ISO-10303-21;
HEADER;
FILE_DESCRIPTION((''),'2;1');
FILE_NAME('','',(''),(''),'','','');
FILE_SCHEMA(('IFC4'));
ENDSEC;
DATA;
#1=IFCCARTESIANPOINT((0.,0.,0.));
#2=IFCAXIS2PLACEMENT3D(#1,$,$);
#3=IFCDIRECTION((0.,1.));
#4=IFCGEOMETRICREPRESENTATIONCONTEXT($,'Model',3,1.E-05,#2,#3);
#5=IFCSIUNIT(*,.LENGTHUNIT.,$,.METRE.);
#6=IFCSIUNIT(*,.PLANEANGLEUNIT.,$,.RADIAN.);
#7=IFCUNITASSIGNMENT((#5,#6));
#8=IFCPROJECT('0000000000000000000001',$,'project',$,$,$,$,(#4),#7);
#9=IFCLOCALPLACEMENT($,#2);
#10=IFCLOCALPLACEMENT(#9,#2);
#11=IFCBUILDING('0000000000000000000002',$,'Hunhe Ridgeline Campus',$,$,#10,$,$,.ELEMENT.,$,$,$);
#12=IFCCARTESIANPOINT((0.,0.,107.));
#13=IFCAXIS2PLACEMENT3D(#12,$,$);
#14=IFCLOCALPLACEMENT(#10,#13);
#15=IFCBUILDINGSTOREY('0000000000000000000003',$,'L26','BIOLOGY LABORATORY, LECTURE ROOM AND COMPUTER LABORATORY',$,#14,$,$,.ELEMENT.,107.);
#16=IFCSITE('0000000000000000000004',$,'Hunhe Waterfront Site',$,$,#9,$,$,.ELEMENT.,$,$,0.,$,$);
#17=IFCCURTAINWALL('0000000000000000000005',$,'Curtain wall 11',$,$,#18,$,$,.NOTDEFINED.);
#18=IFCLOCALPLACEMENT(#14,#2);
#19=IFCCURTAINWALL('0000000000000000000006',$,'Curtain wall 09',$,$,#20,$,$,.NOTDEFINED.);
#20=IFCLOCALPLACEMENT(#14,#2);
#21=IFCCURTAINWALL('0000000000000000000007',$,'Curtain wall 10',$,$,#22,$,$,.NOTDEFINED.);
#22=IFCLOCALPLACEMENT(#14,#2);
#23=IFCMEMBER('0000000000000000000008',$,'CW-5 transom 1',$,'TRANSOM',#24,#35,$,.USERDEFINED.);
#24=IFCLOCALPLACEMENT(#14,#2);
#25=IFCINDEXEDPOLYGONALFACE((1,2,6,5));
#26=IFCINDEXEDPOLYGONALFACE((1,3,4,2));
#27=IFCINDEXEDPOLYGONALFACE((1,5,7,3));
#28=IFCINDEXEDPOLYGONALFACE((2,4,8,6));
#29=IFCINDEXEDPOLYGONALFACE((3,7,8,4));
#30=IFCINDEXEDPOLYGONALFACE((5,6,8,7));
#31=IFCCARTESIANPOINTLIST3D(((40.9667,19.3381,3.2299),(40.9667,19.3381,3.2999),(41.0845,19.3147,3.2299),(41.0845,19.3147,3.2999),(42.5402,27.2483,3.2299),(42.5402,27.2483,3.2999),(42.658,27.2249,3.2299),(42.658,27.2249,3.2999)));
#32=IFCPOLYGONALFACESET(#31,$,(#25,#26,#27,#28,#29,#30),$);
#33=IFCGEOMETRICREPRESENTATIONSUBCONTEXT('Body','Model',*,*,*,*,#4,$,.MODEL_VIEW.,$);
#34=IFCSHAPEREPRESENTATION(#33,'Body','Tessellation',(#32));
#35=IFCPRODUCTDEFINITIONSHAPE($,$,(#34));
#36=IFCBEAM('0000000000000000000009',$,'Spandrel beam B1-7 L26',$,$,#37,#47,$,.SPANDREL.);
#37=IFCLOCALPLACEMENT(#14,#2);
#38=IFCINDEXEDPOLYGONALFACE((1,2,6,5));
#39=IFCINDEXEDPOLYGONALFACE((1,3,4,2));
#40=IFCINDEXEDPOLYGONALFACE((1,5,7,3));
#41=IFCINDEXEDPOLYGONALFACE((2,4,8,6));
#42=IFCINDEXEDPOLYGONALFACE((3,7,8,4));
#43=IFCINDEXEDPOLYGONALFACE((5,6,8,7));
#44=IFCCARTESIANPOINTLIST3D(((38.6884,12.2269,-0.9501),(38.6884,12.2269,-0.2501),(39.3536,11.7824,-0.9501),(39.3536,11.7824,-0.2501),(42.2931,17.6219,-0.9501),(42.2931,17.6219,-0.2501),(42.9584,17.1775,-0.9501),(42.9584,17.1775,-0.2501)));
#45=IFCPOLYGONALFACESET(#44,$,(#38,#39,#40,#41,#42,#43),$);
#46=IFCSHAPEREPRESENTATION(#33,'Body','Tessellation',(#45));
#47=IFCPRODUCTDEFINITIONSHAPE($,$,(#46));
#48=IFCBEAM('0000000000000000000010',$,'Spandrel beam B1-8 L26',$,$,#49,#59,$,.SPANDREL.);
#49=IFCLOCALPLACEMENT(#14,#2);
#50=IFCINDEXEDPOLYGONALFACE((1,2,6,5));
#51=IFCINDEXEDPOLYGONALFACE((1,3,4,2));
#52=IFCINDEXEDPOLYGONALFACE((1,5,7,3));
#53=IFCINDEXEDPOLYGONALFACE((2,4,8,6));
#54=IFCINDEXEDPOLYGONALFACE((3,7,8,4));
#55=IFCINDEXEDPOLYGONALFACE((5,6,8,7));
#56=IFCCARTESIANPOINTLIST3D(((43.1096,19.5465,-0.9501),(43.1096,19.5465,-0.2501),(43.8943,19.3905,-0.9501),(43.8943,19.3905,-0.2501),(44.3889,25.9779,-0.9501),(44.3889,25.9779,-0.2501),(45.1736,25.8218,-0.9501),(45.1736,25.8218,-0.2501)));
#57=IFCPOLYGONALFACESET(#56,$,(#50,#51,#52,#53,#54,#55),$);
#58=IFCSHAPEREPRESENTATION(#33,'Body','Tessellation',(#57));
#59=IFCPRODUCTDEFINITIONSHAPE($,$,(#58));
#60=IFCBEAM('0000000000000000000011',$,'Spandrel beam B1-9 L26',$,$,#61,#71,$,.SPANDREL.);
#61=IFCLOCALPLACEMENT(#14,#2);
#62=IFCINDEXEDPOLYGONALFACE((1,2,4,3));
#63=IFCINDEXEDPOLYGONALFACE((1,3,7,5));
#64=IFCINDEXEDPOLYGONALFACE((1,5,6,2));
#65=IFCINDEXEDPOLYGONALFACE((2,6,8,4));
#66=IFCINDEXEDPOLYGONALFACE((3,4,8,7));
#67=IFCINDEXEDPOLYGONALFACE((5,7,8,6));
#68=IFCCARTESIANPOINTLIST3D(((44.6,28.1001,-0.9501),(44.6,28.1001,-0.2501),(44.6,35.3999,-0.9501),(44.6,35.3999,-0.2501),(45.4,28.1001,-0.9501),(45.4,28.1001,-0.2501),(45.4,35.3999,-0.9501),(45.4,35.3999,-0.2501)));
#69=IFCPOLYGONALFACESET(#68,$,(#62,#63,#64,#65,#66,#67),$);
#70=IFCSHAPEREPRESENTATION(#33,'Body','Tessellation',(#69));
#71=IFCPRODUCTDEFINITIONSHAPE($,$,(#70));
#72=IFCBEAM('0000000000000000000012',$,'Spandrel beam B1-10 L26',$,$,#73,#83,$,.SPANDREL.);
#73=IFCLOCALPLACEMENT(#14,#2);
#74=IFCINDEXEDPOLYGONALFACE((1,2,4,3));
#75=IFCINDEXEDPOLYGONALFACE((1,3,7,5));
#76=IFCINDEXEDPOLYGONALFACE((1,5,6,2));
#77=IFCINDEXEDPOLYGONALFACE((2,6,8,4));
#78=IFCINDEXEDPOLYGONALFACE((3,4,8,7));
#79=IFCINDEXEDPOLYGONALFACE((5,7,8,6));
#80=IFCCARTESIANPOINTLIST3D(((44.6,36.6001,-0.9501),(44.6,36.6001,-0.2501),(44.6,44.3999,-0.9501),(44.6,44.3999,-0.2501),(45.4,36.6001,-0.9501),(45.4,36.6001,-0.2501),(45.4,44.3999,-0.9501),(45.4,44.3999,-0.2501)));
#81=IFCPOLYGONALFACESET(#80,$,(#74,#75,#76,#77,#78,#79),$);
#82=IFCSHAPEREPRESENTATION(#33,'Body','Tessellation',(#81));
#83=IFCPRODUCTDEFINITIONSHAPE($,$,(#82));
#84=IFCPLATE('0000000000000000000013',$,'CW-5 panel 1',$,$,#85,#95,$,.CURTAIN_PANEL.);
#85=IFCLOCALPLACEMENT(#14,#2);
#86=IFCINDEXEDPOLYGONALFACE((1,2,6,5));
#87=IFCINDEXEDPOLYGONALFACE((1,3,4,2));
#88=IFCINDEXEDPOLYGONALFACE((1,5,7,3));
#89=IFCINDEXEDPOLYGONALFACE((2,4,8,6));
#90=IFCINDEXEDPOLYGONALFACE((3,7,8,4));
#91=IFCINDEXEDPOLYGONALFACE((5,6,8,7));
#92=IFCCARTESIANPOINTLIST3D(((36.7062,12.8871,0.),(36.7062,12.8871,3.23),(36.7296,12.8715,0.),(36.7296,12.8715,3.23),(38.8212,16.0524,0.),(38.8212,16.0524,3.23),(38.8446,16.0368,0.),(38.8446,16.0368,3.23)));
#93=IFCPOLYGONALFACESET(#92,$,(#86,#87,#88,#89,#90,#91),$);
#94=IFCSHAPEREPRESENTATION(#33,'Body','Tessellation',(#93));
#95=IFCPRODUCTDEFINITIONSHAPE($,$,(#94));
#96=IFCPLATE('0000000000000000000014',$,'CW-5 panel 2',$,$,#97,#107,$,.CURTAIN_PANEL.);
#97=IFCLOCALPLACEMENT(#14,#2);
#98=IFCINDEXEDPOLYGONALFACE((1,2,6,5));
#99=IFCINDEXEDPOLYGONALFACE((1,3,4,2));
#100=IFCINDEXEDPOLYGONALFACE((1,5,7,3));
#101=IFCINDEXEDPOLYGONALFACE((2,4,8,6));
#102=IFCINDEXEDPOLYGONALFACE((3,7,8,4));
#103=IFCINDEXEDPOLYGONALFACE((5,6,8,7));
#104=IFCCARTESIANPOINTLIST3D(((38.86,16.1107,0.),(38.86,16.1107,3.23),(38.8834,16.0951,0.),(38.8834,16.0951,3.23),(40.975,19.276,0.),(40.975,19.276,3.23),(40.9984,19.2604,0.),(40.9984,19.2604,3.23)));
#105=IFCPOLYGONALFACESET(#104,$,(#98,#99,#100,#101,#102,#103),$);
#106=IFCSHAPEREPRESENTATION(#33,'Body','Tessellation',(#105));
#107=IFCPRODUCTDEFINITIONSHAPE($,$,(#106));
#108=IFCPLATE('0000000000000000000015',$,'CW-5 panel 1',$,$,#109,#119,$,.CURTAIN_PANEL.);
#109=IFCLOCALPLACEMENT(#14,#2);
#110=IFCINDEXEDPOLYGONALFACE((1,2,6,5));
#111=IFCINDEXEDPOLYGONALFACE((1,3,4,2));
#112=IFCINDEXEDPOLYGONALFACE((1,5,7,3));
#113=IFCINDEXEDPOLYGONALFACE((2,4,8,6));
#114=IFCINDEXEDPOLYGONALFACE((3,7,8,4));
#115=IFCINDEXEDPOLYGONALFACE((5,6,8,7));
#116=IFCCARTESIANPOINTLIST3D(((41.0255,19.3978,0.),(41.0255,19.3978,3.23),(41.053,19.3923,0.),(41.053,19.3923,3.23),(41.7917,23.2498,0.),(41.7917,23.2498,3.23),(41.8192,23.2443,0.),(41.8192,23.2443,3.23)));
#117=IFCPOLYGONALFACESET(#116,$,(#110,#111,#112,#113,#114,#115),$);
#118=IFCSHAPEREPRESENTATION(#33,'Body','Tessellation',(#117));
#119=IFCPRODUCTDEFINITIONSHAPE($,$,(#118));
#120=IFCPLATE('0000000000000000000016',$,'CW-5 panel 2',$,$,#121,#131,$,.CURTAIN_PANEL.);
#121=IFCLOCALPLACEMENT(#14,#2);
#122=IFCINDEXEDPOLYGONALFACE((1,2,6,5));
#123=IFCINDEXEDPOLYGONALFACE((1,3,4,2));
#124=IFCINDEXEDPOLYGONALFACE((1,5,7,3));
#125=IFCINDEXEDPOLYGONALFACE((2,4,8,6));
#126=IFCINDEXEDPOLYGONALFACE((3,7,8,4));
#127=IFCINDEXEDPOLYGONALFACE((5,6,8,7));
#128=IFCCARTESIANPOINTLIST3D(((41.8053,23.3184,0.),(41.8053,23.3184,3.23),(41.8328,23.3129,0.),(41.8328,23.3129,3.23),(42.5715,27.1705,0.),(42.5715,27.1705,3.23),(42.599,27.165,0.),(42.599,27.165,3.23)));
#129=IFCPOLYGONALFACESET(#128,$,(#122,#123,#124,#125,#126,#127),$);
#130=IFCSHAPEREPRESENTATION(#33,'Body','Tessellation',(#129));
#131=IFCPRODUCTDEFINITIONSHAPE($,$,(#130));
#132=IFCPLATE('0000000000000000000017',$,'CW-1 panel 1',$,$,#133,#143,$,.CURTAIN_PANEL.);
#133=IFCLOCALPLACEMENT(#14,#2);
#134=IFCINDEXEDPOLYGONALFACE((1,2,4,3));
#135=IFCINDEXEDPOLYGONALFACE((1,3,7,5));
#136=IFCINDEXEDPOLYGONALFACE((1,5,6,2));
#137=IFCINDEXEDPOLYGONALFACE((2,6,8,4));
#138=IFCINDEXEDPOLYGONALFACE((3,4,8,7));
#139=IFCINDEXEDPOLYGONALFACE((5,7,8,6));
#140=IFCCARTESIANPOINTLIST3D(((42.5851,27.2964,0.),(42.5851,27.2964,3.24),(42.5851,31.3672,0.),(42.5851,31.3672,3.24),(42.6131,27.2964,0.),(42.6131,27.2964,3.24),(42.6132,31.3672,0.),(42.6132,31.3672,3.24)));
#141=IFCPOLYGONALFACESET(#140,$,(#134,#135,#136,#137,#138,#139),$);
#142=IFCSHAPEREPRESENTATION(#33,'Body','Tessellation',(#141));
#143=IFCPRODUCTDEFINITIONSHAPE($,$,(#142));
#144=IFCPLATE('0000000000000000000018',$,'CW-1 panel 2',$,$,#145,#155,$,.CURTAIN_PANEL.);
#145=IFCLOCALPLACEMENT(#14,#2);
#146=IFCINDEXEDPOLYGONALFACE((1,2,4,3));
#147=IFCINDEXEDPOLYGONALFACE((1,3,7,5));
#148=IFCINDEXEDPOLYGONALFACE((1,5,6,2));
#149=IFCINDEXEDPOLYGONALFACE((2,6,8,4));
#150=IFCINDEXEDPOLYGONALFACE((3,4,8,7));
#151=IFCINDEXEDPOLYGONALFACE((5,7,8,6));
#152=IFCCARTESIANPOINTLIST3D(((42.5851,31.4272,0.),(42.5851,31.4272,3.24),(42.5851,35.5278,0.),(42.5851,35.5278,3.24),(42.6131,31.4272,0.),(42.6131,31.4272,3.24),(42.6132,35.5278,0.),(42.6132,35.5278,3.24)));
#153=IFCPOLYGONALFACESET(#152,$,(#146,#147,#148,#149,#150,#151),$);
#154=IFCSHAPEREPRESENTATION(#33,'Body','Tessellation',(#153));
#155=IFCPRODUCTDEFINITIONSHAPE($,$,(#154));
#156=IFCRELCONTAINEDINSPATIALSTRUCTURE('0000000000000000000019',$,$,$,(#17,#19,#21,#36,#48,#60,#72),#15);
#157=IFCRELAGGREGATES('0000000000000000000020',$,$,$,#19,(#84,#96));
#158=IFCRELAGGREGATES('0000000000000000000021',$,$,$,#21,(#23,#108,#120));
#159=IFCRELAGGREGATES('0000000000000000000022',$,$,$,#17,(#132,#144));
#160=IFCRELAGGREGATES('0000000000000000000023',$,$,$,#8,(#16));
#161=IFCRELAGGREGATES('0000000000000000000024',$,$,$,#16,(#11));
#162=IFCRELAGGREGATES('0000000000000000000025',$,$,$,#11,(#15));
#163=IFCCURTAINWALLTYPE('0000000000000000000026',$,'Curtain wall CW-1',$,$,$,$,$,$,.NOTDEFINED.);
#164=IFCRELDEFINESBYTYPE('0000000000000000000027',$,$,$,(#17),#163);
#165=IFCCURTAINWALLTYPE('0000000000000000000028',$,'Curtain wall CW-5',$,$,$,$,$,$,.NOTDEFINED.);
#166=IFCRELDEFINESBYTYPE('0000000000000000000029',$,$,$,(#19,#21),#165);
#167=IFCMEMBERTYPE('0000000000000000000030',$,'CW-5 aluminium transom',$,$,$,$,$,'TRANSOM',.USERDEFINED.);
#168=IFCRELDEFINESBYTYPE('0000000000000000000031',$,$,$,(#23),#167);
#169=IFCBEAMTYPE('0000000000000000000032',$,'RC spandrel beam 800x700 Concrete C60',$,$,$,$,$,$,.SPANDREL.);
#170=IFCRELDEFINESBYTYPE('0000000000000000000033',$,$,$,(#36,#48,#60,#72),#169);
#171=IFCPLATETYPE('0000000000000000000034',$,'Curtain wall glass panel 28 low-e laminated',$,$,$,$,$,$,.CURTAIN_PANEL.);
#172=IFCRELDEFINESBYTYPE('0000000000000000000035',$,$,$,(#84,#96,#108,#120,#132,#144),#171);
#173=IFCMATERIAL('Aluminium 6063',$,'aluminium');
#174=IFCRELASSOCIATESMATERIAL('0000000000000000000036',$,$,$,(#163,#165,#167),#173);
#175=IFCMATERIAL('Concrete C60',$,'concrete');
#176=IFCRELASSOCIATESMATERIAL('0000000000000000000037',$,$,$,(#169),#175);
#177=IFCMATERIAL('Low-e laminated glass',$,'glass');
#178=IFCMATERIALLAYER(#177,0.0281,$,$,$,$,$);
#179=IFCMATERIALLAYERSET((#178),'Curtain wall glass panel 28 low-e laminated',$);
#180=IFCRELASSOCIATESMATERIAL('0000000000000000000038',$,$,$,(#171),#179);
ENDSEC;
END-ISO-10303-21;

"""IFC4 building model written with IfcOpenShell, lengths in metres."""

from ifc_helpers import new_model, si_unit, direction, frame, origin, origin_2d, place, context, subcontext, project, spatial, rectangle, extrude, material, layer, layer_set, material_profile, profile_set, type_object, element, aggregate, save


model = new_model("IFC4")

# Units and contexts
model_context = context("Model", 3, precision=1e-05, world=origin(), true_north=direction((0.0, 1.0)))
body_context = subcontext(model_context, "Body", "Model", "MODEL_VIEW")
ifc_project = project(units=[si_unit("LENGTHUNIT", "METRE"), si_unit("PLANEANGLEUNIT", "RADIAN")], contexts=[model_context])

# Site, building, storey
site_placement = place(None, origin())
site = spatial("IfcSite", under=ifc_project, at=site_placement, Name="Hunhe Waterfront Site", CompositionType="ELEMENT", RefElevation=0.0)
building_placement = place(site_placement, origin())
building = spatial("IfcBuilding", under=site, at=building_placement, Name="Hunhe Ridgeline Campus", CompositionType="ELEMENT")
storey_placement = place(building_placement, frame((0.0, 0.0, 107.0)))
storey = spatial("IfcBuildingStorey", under=building, at=storey_placement, Name="L26", Description="BIOLOGY LABORATORY, LECTURE ROOM AND COMPUTER LABORATORY", CompositionType="ELEMENT", Elevation=107.0)

# Curtain walls, member
ifc_material_1 = material(Name="Aluminium 6063", Category="aluminium")
curtain_wall_type_1 = type_object("IfcCurtainWallType", Name="Curtain wall CW-1", PredefinedType="NOTDEFINED", material=ifc_material_1)
curtain_wall_1_placement = place(storey_placement, origin())
curtain_wall_1 = element("IfcCurtainWall", 1, at=curtain_wall_1_placement, inside=storey, type_object=curtain_wall_type_1, Name="Curtain wall 11", PredefinedType="NOTDEFINED")
curtain_wall_type_2 = type_object("IfcCurtainWallType", Name="Curtain wall CW-5", PredefinedType="NOTDEFINED", material=ifc_material_1)
curtain_wall_2_placement = place(storey_placement, origin())
curtain_wall_2 = element("IfcCurtainWall", 2, at=curtain_wall_2_placement, inside=storey, type_object=curtain_wall_type_2, Name="Curtain wall 09", PredefinedType="NOTDEFINED")
curtain_wall_3_placement = place(storey_placement, origin())
curtain_wall_3 = element("IfcCurtainWall", 3, at=curtain_wall_3_placement, inside=storey, type_object=curtain_wall_type_2, Name="Curtain wall 10", PredefinedType="NOTDEFINED")
ifc_material_profile_1 = material_profile(ifc_material_1, rectangle(XDim=0.1201, YDim=0.0701, at=origin_2d()))
ifc_profile_set_1 = profile_set([ifc_material_profile_1], Name="Aluminium 6063")
member_type_1 = type_object("IfcMemberType", Name="CW-5 aluminium transom", ElementType="TRANSOM", PredefinedType="USERDEFINED", material=ifc_profile_set_1)
member_1_placement = place(storey_placement, frame((41.0256, 19.3264, 3.2649), z_axis=(0.195097, 0.980784, 0.0), x_axis=(-0.980784, 0.195097, 0.0)))
member_1 = element("IfcMember", 4, at=member_1_placement, type_object=member_type_1, Name="CW-5 transom 1", ObjectType="TRANSOM", PredefinedType="USERDEFINED", context=body_context, shape_type="SweptSolid", body=[
    extrude(rectangle(XDim=0.1201, YDim=0.0701, at=origin_2d()), origin(), (0.0, 0.0, 1.0), 8.0652),
])

# Beams
ifc_material_2 = material(Name="Concrete C60", Category="concrete")
ifc_material_profile_2 = material_profile(ifc_material_2, rectangle(XDim=0.8, YDim=0.7, at=origin_2d()))
ifc_profile_set_2 = profile_set([ifc_material_profile_2], Name="Concrete C60")
beam_type = type_object("IfcBeamType", Name="RC spandrel beam 800x700 Concrete C60", PredefinedType="SPANDREL", material=ifc_profile_set_2)
beam_1_placement = place(storey_placement, frame((39.021, 12.0046, -0.6001), z_axis=(0.55556, 0.831477, 0.0), x_axis=(-0.831477, 0.55556, 0.0)))
element("IfcBeam", 5, at=beam_1_placement, inside=storey, type_object=beam_type, Name="Spandrel beam B1-7 L26", PredefinedType="SPANDREL", context=body_context, shape_type="SweptSolid", body=[
    extrude(rectangle(XDim=0.8, YDim=0.7, at=origin_2d()), origin(), (0.0, 0.0, 1.0), 6.4885),
])
beam_2_placement = place(storey_placement, frame((43.502, 19.4685, -0.6001), z_axis=(0.195092, 0.980785, 0.0), x_axis=(-0.980785, 0.195092, 0.0)))
element("IfcBeam", 6, at=beam_2_placement, inside=storey, type_object=beam_type, Name="Spandrel beam B1-8 L26", PredefinedType="SPANDREL", context=body_context, shape_type="SweptSolid", body=[
    extrude(rectangle(XDim=0.8, YDim=0.7, at=origin_2d()), origin(), (0.0, 0.0, 1.0), 6.5574),
])
beam_3_placement = place(storey_placement, frame((45.0, 28.1001, -0.6001), z_axis=(0.0, 1.0, 0.0), x_axis=(-1.0, 0.0, 0.0)))
element("IfcBeam", 7, at=beam_3_placement, inside=storey, type_object=beam_type, Name="Spandrel beam B1-9 L26", PredefinedType="SPANDREL", context=body_context, shape_type="SweptSolid", body=[
    extrude(rectangle(XDim=0.8, YDim=0.7, at=origin_2d()), origin(), (0.0, 0.0, 1.0), 7.2998),
])
beam_4_placement = place(storey_placement, frame((45.0, 36.6001, -0.6001), z_axis=(0.0, 1.0, 0.0), x_axis=(-1.0, 0.0, 0.0)))
element("IfcBeam", 8, at=beam_4_placement, inside=storey, type_object=beam_type, Name="Spandrel beam B1-10 L26", PredefinedType="SPANDREL", context=body_context, shape_type="SweptSolid", body=[
    extrude(rectangle(XDim=0.8, YDim=0.7, at=origin_2d()), origin(), (0.0, 0.0, 1.0), 7.7998),
])

# Plates
ifc_material_3 = material(Name="Low-e laminated glass", Category="glass")
ifc_layer = layer(ifc_material_3, 0.0281)
ifc_layer_set = layer_set([ifc_layer], Name="Curtain wall glass panel 28 low-e laminated")
plate_type = type_object("IfcPlateType", Name="Curtain wall glass panel 28 low-e laminated", PredefinedType="CURTAIN_PANEL", material=ifc_layer_set)
plate_1_placement = place(storey_placement, frame((37.7754, 14.4619, 0.0), z_axis=(0.0, 0.0, 1.0), x_axis=(0.55557, 0.83147, 0.0)))
plate_1 = element("IfcPlate", 9, at=plate_1_placement, type_object=plate_type, Name="CW-5 panel 1", PredefinedType="CURTAIN_PANEL", context=body_context, shape_type="SweptSolid", body=[
    extrude(rectangle(XDim=3.8069, YDim=0.0281, at=origin_2d()), origin(), (0.0, 0.0, 1.0), 3.23),
])
plate_2_placement = place(storey_placement, frame((39.9292, 17.6855, 0.0), z_axis=(0.0, 0.0, 1.0), x_axis=(0.55557, 0.83147, 0.0)))
plate_2 = element("IfcPlate", 10, at=plate_2_placement, type_object=plate_type, Name="CW-5 panel 2", PredefinedType="CURTAIN_PANEL", context=body_context, shape_type="SweptSolid", body=[
    extrude(rectangle(XDim=3.8069, YDim=0.0281, at=origin_2d()), origin(), (0.0, 0.0, 1.0), 3.23),
])
aggregate(curtain_wall_2, [plate_1, plate_2])
plate_3_placement = place(storey_placement, frame((41.4224, 21.321, 0.0), z_axis=(0.0, 0.0, 1.0), x_axis=(0.19509, 0.980785, 0.0)))
plate_3 = element("IfcPlate", 11, at=plate_3_placement, type_object=plate_type, Name="CW-5 panel 1", PredefinedType="CURTAIN_PANEL", context=body_context, shape_type="SweptSolid", body=[
    extrude(rectangle(XDim=3.9275, YDim=0.0281, at=origin_2d()), origin(), (0.0, 0.0, 1.0), 3.23),
])
plate_4_placement = place(storey_placement, frame((42.2021, 25.2417, 0.0), z_axis=(0.0, 0.0, 1.0), x_axis=(0.19509, 0.980785, 0.0)))
plate_4 = element("IfcPlate", 12, at=plate_4_placement, type_object=plate_type, Name="CW-5 panel 2", PredefinedType="CURTAIN_PANEL", context=body_context, shape_type="SweptSolid", body=[
    extrude(rectangle(XDim=3.9275, YDim=0.0281, at=origin_2d()), origin(), (0.0, 0.0, 1.0), 3.23),
])
aggregate(curtain_wall_3, [member_1, plate_3, plate_4])
plate_5_placement = place(storey_placement, frame((42.5991, 29.3318, 0.0), z_axis=(0.0, 0.0, 1.0), x_axis=(0.000011, 1.0, 0.0)))
plate_5 = element("IfcPlate", 13, at=plate_5_placement, type_object=plate_type, Name="CW-1 panel 1", PredefinedType="CURTAIN_PANEL", context=body_context, shape_type="SweptSolid", body=[
    extrude(rectangle(XDim=4.0708, YDim=0.0281, at=origin_2d()), origin(), (0.0, 0.0, 1.0), 3.24),
])
plate_6_placement = place(storey_placement, frame((42.5991, 33.4775, 0.0), z_axis=(0.0, 0.0, 1.0), x_axis=(0.000011, 1.0, 0.0)))
plate_6 = element("IfcPlate", 14, at=plate_6_placement, type_object=plate_type, Name="CW-1 panel 2", PredefinedType="CURTAIN_PANEL", context=body_context, shape_type="SweptSolid", body=[
    extrude(rectangle(XDim=4.1006, YDim=0.0281, at=origin_2d()), origin(), (0.0, 0.0, 1.0), 3.24),
])
aggregate(curtain_wall_1, [plate_5, plate_6])

save(model, "model.ifc")
